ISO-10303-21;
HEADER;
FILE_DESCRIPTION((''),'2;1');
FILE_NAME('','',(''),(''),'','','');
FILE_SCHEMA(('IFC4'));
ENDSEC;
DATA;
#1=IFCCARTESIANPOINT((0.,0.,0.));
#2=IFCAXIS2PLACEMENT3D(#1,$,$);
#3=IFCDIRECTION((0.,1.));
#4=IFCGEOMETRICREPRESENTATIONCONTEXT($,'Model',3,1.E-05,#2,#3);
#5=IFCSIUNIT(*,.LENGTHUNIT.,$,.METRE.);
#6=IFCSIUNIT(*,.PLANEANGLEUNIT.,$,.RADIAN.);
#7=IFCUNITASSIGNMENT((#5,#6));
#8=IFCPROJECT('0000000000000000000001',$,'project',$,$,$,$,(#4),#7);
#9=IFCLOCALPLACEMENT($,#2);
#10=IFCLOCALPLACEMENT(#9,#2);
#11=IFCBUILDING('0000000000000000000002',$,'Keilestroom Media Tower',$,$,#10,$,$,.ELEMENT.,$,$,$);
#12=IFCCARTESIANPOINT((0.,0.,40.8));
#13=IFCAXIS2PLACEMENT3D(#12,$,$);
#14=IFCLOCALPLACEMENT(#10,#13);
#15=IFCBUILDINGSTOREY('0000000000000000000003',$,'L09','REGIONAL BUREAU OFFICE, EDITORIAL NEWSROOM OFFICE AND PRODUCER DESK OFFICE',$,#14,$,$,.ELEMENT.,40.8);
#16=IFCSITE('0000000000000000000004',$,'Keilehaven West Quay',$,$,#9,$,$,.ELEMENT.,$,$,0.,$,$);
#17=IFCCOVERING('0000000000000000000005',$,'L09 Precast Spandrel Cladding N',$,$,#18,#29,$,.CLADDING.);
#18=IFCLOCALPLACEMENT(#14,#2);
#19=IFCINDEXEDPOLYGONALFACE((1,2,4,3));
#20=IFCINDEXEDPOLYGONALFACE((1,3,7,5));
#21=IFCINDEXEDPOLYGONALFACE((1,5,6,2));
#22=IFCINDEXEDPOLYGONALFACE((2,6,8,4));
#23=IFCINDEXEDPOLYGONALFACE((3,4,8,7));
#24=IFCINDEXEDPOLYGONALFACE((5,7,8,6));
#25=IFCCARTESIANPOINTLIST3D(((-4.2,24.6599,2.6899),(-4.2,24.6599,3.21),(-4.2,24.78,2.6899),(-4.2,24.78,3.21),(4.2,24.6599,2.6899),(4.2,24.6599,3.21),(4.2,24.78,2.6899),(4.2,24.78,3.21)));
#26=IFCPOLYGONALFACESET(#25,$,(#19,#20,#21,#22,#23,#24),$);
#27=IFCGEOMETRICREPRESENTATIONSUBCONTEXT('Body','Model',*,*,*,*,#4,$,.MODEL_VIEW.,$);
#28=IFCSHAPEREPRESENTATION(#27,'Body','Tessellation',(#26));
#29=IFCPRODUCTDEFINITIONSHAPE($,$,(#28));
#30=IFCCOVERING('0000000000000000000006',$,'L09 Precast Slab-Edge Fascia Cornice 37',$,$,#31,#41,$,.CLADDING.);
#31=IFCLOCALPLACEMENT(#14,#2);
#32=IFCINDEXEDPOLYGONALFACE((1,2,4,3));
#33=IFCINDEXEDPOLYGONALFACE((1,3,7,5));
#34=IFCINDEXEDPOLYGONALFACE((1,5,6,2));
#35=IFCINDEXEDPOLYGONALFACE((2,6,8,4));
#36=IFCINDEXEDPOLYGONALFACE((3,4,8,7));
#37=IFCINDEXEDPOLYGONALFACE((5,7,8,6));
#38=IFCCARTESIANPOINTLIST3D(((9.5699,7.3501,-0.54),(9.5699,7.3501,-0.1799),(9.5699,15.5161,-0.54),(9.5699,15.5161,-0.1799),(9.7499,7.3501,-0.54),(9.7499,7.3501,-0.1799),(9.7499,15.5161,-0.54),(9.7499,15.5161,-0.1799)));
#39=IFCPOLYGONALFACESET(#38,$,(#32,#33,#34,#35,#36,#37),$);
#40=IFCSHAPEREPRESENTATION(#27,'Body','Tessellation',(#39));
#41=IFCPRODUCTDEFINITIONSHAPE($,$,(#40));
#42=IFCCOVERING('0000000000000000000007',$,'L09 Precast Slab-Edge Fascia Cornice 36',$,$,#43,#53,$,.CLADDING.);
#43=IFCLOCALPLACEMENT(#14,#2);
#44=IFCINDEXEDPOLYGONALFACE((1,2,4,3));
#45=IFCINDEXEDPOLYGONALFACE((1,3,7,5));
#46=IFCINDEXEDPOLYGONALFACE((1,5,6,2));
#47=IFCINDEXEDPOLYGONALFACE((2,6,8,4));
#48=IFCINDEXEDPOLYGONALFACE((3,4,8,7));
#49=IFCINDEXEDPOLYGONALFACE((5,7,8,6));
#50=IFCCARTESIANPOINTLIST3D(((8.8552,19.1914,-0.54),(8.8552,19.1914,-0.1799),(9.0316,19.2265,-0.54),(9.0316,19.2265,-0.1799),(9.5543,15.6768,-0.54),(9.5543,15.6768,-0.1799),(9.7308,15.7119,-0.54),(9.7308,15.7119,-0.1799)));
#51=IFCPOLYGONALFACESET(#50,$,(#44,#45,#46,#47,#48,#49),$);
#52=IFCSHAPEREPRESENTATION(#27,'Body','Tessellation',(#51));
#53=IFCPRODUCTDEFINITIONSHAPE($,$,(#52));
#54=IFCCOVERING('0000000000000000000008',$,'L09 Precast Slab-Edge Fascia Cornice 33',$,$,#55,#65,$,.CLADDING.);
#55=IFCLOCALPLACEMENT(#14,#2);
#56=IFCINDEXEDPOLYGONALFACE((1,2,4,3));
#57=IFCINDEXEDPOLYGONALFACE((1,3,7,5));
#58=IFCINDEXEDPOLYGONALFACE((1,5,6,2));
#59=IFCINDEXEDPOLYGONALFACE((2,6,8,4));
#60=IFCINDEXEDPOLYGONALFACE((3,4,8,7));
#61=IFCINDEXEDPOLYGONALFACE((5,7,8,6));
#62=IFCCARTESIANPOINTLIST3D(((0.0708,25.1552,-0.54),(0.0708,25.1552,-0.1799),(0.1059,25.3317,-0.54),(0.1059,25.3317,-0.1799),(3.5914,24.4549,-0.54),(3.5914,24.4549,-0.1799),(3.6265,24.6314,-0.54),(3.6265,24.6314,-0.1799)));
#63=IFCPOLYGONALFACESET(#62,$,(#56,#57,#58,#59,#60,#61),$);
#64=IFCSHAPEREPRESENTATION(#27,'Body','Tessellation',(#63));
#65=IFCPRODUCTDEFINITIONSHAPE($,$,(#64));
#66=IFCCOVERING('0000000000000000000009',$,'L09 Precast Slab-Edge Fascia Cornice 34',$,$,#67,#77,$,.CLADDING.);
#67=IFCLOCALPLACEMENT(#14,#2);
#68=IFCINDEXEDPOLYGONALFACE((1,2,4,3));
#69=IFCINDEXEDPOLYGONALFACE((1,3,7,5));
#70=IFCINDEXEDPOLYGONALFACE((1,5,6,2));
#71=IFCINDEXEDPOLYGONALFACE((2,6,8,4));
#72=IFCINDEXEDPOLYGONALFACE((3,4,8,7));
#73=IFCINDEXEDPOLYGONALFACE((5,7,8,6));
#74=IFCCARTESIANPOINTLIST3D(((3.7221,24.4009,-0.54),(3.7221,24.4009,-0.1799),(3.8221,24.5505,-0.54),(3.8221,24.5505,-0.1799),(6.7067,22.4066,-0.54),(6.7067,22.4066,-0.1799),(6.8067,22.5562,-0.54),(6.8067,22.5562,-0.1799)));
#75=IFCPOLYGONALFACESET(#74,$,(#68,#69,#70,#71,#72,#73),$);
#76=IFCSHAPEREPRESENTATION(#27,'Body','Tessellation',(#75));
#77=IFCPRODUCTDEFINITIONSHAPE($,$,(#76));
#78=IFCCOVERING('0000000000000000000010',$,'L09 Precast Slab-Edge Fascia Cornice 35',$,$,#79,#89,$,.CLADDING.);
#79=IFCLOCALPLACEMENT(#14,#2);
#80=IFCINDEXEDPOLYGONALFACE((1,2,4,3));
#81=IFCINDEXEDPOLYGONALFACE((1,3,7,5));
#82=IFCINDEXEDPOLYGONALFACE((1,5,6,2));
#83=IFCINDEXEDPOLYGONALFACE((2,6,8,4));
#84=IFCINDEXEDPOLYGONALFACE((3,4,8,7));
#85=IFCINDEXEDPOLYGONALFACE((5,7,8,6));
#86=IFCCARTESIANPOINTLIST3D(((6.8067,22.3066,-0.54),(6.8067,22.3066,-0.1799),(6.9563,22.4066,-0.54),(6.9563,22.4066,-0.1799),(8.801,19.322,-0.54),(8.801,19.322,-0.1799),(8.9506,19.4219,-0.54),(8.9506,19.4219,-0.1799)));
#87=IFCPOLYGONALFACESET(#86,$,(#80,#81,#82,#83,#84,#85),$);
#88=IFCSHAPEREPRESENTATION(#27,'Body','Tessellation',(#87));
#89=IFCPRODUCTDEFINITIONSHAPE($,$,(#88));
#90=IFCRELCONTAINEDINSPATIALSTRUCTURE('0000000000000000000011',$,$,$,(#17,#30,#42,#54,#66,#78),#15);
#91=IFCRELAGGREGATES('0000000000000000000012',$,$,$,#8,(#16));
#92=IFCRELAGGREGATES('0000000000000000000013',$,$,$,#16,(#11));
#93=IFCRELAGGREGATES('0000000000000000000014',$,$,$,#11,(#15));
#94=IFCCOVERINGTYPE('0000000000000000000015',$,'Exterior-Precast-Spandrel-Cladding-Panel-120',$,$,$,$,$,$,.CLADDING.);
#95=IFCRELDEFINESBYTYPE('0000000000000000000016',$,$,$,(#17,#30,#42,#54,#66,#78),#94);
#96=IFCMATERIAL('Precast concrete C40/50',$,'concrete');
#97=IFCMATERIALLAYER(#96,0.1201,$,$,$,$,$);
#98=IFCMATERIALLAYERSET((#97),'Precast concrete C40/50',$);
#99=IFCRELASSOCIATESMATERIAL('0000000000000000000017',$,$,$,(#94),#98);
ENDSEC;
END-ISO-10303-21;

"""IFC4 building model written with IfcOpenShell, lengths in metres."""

from ifc_helpers import new_model, si_unit, direction, frame, origin, origin_2d, place, context, subcontext, project, spatial, rectangle, extrude, source, transform, mapped, material, layer, layer_set, type_object, element, save


model = new_model("IFC4")

# Units and contexts
model_context = context("Model", 3, precision=1e-05, world=origin(), true_north=direction((0.0, 1.0)))
body_context = subcontext(model_context, "Body", "Model", "MODEL_VIEW")
ifc_project = project(units=[si_unit("LENGTHUNIT", "METRE"), si_unit("PLANEANGLEUNIT", "RADIAN")], contexts=[model_context])

# Site, building, storey
site_placement = place(None, origin())
site = spatial("IfcSite", under=ifc_project, at=site_placement, Name="Keilehaven West Quay", CompositionType="ELEMENT", RefElevation=0.0)
building_placement = place(site_placement, origin())
building = spatial("IfcBuilding", under=site, at=building_placement, Name="Keilestroom Media Tower", CompositionType="ELEMENT")
storey_placement = place(building_placement, frame((0.0, 0.0, 40.8)))
storey = spatial("IfcBuildingStorey", under=building, at=storey_placement, Name="L09", Description="REGIONAL BUREAU OFFICE, EDITORIAL NEWSROOM OFFICE AND PRODUCER DESK OFFICE", CompositionType="ELEMENT", Elevation=40.8)

# Shared definitions
ifc_material_1 = material(Name="Precast concrete C40/50", Category="concrete")

# Coverings
ifc_layer_1 = layer(ifc_material_1, 0.1201)
ifc_layer_set_1 = layer_set([ifc_layer_1], Name="Precast concrete C40/50")
covering_type = type_object("IfcCoveringType", Name="Exterior-Precast-Spandrel-Cladding-Panel-120", PredefinedType="CLADDING", material=ifc_layer_set_1)
shared_shape_1 = source(origin(), body_context, "Body", "SweptSolid", [
    extrude(rectangle(XDim=8.3999, YDim=0.1201, at=origin_2d()), origin(), (0.0, 0.0, 1.0), 0.52),
])
covering_1_placement = place(storey_placement, frame((0.0, 24.72, 2.6899), z_axis=(0.0, 0.0, 1.0), x_axis=(1.0, 0.0, 0.0)))
element("IfcCovering", 1, at=covering_1_placement, inside=storey, type_object=covering_type, Name="L09 Precast Spandrel Cladding N", PredefinedType="CLADDING", context=body_context, shape_type="MappedRepresentation", body=[
    mapped(shared_shape_1, transform((0.0, 0.0, 0.0), x_axis=(1.0, 0.0, 0.0), y_axis=(0.0, 1.0, 0.0), z_axis=(0.0, 0.0, 1.0), scale=1.0)),
])
shared_shape_2 = source(origin(), body_context, "Body", "SweptSolid", [
    extrude(rectangle(XDim=8.166, YDim=0.1799, at=origin_2d()), origin(), (0.0, 0.0, 1.0), 0.3601),
])
covering_2_placement = place(storey_placement, frame((9.6599, 11.4331, -0.54), z_axis=(0.0, 0.0, 1.0), x_axis=(0.0, -1.0, 0.0)))
element("IfcCovering", 2, at=covering_2_placement, inside=storey, type_object=covering_type, Name="L09 Precast Slab-Edge Fascia Cornice 37", PredefinedType="CLADDING", context=body_context, shape_type="MappedRepresentation", body=[
    mapped(shared_shape_2, transform((0.0, 0.0, 0.0), x_axis=(1.0, 0.0, 0.0), y_axis=(0.0, 1.0, 0.0), z_axis=(0.0, 0.0, 1.0), scale=1.0)),
])
shared_shape_3 = source(origin(), body_context, "Body", "SweptSolid", [
    extrude(rectangle(XDim=3.5835, YDim=0.1799, at=origin_2d()), origin(), (0.0, 0.0, 1.0), 0.3601),
])
covering_3_placement = place(storey_placement, frame((9.293, 17.4517, -0.54), z_axis=(0.0, 0.0, 1.0), x_axis=(0.195099, -0.980784, 0.0)))
element("IfcCovering", 3, at=covering_3_placement, inside=storey, type_object=covering_type, Name="L09 Precast Slab-Edge Fascia Cornice 36", PredefinedType="CLADDING", context=body_context, shape_type="MappedRepresentation", body=[
    mapped(shared_shape_3, transform((0.0, 0.0, 0.0), x_axis=(1.0, 0.0, 0.0), y_axis=(0.0, 1.0, 0.0), z_axis=(0.0, 0.0, 1.0), scale=1.0)),
])
shared_shape_4 = source(origin(), body_context, "Body", "SweptSolid", [
    extrude(rectangle(XDim=3.5896, YDim=0.1799, at=origin_2d()), origin(), (0.0, 0.0, 1.0), 0.3601),
])
for number, where, z_axis, x_axis, name in (
    (4, (1.8486, 24.8933, -0.54), (0.0, 0.0, 1.0), (0.980784, -0.195099, 0.0), "L09 Precast Slab-Edge Fascia Cornice 33"),
    (5, (5.2644, 23.4785, -0.54), (0.0, 0.0, 1.0), (0.831467, -0.555575, 0.0), "L09 Precast Slab-Edge Fascia Cornice 34"),
    (6, (7.8787, 20.8643, -0.54), (0.0, 0.0, 1.0), (0.555575, -0.831467, 0.0), "L09 Precast Slab-Edge Fascia Cornice 35"),
):
    element("IfcCovering", number, at=place(storey_placement, frame(where, z_axis=z_axis, x_axis=x_axis)), inside=storey, type_object=covering_type, Name=name, PredefinedType="CLADDING", context=body_context, shape_type="MappedRepresentation", body=[
        mapped(shared_shape_4, transform((0.0, 0.0, 0.0), x_axis=(1.0, 0.0, 0.0), y_axis=(0.0, 1.0, 0.0), z_axis=(0.0, 0.0, 1.0), scale=1.0)),
    ])

save(model, "model.ifc")
